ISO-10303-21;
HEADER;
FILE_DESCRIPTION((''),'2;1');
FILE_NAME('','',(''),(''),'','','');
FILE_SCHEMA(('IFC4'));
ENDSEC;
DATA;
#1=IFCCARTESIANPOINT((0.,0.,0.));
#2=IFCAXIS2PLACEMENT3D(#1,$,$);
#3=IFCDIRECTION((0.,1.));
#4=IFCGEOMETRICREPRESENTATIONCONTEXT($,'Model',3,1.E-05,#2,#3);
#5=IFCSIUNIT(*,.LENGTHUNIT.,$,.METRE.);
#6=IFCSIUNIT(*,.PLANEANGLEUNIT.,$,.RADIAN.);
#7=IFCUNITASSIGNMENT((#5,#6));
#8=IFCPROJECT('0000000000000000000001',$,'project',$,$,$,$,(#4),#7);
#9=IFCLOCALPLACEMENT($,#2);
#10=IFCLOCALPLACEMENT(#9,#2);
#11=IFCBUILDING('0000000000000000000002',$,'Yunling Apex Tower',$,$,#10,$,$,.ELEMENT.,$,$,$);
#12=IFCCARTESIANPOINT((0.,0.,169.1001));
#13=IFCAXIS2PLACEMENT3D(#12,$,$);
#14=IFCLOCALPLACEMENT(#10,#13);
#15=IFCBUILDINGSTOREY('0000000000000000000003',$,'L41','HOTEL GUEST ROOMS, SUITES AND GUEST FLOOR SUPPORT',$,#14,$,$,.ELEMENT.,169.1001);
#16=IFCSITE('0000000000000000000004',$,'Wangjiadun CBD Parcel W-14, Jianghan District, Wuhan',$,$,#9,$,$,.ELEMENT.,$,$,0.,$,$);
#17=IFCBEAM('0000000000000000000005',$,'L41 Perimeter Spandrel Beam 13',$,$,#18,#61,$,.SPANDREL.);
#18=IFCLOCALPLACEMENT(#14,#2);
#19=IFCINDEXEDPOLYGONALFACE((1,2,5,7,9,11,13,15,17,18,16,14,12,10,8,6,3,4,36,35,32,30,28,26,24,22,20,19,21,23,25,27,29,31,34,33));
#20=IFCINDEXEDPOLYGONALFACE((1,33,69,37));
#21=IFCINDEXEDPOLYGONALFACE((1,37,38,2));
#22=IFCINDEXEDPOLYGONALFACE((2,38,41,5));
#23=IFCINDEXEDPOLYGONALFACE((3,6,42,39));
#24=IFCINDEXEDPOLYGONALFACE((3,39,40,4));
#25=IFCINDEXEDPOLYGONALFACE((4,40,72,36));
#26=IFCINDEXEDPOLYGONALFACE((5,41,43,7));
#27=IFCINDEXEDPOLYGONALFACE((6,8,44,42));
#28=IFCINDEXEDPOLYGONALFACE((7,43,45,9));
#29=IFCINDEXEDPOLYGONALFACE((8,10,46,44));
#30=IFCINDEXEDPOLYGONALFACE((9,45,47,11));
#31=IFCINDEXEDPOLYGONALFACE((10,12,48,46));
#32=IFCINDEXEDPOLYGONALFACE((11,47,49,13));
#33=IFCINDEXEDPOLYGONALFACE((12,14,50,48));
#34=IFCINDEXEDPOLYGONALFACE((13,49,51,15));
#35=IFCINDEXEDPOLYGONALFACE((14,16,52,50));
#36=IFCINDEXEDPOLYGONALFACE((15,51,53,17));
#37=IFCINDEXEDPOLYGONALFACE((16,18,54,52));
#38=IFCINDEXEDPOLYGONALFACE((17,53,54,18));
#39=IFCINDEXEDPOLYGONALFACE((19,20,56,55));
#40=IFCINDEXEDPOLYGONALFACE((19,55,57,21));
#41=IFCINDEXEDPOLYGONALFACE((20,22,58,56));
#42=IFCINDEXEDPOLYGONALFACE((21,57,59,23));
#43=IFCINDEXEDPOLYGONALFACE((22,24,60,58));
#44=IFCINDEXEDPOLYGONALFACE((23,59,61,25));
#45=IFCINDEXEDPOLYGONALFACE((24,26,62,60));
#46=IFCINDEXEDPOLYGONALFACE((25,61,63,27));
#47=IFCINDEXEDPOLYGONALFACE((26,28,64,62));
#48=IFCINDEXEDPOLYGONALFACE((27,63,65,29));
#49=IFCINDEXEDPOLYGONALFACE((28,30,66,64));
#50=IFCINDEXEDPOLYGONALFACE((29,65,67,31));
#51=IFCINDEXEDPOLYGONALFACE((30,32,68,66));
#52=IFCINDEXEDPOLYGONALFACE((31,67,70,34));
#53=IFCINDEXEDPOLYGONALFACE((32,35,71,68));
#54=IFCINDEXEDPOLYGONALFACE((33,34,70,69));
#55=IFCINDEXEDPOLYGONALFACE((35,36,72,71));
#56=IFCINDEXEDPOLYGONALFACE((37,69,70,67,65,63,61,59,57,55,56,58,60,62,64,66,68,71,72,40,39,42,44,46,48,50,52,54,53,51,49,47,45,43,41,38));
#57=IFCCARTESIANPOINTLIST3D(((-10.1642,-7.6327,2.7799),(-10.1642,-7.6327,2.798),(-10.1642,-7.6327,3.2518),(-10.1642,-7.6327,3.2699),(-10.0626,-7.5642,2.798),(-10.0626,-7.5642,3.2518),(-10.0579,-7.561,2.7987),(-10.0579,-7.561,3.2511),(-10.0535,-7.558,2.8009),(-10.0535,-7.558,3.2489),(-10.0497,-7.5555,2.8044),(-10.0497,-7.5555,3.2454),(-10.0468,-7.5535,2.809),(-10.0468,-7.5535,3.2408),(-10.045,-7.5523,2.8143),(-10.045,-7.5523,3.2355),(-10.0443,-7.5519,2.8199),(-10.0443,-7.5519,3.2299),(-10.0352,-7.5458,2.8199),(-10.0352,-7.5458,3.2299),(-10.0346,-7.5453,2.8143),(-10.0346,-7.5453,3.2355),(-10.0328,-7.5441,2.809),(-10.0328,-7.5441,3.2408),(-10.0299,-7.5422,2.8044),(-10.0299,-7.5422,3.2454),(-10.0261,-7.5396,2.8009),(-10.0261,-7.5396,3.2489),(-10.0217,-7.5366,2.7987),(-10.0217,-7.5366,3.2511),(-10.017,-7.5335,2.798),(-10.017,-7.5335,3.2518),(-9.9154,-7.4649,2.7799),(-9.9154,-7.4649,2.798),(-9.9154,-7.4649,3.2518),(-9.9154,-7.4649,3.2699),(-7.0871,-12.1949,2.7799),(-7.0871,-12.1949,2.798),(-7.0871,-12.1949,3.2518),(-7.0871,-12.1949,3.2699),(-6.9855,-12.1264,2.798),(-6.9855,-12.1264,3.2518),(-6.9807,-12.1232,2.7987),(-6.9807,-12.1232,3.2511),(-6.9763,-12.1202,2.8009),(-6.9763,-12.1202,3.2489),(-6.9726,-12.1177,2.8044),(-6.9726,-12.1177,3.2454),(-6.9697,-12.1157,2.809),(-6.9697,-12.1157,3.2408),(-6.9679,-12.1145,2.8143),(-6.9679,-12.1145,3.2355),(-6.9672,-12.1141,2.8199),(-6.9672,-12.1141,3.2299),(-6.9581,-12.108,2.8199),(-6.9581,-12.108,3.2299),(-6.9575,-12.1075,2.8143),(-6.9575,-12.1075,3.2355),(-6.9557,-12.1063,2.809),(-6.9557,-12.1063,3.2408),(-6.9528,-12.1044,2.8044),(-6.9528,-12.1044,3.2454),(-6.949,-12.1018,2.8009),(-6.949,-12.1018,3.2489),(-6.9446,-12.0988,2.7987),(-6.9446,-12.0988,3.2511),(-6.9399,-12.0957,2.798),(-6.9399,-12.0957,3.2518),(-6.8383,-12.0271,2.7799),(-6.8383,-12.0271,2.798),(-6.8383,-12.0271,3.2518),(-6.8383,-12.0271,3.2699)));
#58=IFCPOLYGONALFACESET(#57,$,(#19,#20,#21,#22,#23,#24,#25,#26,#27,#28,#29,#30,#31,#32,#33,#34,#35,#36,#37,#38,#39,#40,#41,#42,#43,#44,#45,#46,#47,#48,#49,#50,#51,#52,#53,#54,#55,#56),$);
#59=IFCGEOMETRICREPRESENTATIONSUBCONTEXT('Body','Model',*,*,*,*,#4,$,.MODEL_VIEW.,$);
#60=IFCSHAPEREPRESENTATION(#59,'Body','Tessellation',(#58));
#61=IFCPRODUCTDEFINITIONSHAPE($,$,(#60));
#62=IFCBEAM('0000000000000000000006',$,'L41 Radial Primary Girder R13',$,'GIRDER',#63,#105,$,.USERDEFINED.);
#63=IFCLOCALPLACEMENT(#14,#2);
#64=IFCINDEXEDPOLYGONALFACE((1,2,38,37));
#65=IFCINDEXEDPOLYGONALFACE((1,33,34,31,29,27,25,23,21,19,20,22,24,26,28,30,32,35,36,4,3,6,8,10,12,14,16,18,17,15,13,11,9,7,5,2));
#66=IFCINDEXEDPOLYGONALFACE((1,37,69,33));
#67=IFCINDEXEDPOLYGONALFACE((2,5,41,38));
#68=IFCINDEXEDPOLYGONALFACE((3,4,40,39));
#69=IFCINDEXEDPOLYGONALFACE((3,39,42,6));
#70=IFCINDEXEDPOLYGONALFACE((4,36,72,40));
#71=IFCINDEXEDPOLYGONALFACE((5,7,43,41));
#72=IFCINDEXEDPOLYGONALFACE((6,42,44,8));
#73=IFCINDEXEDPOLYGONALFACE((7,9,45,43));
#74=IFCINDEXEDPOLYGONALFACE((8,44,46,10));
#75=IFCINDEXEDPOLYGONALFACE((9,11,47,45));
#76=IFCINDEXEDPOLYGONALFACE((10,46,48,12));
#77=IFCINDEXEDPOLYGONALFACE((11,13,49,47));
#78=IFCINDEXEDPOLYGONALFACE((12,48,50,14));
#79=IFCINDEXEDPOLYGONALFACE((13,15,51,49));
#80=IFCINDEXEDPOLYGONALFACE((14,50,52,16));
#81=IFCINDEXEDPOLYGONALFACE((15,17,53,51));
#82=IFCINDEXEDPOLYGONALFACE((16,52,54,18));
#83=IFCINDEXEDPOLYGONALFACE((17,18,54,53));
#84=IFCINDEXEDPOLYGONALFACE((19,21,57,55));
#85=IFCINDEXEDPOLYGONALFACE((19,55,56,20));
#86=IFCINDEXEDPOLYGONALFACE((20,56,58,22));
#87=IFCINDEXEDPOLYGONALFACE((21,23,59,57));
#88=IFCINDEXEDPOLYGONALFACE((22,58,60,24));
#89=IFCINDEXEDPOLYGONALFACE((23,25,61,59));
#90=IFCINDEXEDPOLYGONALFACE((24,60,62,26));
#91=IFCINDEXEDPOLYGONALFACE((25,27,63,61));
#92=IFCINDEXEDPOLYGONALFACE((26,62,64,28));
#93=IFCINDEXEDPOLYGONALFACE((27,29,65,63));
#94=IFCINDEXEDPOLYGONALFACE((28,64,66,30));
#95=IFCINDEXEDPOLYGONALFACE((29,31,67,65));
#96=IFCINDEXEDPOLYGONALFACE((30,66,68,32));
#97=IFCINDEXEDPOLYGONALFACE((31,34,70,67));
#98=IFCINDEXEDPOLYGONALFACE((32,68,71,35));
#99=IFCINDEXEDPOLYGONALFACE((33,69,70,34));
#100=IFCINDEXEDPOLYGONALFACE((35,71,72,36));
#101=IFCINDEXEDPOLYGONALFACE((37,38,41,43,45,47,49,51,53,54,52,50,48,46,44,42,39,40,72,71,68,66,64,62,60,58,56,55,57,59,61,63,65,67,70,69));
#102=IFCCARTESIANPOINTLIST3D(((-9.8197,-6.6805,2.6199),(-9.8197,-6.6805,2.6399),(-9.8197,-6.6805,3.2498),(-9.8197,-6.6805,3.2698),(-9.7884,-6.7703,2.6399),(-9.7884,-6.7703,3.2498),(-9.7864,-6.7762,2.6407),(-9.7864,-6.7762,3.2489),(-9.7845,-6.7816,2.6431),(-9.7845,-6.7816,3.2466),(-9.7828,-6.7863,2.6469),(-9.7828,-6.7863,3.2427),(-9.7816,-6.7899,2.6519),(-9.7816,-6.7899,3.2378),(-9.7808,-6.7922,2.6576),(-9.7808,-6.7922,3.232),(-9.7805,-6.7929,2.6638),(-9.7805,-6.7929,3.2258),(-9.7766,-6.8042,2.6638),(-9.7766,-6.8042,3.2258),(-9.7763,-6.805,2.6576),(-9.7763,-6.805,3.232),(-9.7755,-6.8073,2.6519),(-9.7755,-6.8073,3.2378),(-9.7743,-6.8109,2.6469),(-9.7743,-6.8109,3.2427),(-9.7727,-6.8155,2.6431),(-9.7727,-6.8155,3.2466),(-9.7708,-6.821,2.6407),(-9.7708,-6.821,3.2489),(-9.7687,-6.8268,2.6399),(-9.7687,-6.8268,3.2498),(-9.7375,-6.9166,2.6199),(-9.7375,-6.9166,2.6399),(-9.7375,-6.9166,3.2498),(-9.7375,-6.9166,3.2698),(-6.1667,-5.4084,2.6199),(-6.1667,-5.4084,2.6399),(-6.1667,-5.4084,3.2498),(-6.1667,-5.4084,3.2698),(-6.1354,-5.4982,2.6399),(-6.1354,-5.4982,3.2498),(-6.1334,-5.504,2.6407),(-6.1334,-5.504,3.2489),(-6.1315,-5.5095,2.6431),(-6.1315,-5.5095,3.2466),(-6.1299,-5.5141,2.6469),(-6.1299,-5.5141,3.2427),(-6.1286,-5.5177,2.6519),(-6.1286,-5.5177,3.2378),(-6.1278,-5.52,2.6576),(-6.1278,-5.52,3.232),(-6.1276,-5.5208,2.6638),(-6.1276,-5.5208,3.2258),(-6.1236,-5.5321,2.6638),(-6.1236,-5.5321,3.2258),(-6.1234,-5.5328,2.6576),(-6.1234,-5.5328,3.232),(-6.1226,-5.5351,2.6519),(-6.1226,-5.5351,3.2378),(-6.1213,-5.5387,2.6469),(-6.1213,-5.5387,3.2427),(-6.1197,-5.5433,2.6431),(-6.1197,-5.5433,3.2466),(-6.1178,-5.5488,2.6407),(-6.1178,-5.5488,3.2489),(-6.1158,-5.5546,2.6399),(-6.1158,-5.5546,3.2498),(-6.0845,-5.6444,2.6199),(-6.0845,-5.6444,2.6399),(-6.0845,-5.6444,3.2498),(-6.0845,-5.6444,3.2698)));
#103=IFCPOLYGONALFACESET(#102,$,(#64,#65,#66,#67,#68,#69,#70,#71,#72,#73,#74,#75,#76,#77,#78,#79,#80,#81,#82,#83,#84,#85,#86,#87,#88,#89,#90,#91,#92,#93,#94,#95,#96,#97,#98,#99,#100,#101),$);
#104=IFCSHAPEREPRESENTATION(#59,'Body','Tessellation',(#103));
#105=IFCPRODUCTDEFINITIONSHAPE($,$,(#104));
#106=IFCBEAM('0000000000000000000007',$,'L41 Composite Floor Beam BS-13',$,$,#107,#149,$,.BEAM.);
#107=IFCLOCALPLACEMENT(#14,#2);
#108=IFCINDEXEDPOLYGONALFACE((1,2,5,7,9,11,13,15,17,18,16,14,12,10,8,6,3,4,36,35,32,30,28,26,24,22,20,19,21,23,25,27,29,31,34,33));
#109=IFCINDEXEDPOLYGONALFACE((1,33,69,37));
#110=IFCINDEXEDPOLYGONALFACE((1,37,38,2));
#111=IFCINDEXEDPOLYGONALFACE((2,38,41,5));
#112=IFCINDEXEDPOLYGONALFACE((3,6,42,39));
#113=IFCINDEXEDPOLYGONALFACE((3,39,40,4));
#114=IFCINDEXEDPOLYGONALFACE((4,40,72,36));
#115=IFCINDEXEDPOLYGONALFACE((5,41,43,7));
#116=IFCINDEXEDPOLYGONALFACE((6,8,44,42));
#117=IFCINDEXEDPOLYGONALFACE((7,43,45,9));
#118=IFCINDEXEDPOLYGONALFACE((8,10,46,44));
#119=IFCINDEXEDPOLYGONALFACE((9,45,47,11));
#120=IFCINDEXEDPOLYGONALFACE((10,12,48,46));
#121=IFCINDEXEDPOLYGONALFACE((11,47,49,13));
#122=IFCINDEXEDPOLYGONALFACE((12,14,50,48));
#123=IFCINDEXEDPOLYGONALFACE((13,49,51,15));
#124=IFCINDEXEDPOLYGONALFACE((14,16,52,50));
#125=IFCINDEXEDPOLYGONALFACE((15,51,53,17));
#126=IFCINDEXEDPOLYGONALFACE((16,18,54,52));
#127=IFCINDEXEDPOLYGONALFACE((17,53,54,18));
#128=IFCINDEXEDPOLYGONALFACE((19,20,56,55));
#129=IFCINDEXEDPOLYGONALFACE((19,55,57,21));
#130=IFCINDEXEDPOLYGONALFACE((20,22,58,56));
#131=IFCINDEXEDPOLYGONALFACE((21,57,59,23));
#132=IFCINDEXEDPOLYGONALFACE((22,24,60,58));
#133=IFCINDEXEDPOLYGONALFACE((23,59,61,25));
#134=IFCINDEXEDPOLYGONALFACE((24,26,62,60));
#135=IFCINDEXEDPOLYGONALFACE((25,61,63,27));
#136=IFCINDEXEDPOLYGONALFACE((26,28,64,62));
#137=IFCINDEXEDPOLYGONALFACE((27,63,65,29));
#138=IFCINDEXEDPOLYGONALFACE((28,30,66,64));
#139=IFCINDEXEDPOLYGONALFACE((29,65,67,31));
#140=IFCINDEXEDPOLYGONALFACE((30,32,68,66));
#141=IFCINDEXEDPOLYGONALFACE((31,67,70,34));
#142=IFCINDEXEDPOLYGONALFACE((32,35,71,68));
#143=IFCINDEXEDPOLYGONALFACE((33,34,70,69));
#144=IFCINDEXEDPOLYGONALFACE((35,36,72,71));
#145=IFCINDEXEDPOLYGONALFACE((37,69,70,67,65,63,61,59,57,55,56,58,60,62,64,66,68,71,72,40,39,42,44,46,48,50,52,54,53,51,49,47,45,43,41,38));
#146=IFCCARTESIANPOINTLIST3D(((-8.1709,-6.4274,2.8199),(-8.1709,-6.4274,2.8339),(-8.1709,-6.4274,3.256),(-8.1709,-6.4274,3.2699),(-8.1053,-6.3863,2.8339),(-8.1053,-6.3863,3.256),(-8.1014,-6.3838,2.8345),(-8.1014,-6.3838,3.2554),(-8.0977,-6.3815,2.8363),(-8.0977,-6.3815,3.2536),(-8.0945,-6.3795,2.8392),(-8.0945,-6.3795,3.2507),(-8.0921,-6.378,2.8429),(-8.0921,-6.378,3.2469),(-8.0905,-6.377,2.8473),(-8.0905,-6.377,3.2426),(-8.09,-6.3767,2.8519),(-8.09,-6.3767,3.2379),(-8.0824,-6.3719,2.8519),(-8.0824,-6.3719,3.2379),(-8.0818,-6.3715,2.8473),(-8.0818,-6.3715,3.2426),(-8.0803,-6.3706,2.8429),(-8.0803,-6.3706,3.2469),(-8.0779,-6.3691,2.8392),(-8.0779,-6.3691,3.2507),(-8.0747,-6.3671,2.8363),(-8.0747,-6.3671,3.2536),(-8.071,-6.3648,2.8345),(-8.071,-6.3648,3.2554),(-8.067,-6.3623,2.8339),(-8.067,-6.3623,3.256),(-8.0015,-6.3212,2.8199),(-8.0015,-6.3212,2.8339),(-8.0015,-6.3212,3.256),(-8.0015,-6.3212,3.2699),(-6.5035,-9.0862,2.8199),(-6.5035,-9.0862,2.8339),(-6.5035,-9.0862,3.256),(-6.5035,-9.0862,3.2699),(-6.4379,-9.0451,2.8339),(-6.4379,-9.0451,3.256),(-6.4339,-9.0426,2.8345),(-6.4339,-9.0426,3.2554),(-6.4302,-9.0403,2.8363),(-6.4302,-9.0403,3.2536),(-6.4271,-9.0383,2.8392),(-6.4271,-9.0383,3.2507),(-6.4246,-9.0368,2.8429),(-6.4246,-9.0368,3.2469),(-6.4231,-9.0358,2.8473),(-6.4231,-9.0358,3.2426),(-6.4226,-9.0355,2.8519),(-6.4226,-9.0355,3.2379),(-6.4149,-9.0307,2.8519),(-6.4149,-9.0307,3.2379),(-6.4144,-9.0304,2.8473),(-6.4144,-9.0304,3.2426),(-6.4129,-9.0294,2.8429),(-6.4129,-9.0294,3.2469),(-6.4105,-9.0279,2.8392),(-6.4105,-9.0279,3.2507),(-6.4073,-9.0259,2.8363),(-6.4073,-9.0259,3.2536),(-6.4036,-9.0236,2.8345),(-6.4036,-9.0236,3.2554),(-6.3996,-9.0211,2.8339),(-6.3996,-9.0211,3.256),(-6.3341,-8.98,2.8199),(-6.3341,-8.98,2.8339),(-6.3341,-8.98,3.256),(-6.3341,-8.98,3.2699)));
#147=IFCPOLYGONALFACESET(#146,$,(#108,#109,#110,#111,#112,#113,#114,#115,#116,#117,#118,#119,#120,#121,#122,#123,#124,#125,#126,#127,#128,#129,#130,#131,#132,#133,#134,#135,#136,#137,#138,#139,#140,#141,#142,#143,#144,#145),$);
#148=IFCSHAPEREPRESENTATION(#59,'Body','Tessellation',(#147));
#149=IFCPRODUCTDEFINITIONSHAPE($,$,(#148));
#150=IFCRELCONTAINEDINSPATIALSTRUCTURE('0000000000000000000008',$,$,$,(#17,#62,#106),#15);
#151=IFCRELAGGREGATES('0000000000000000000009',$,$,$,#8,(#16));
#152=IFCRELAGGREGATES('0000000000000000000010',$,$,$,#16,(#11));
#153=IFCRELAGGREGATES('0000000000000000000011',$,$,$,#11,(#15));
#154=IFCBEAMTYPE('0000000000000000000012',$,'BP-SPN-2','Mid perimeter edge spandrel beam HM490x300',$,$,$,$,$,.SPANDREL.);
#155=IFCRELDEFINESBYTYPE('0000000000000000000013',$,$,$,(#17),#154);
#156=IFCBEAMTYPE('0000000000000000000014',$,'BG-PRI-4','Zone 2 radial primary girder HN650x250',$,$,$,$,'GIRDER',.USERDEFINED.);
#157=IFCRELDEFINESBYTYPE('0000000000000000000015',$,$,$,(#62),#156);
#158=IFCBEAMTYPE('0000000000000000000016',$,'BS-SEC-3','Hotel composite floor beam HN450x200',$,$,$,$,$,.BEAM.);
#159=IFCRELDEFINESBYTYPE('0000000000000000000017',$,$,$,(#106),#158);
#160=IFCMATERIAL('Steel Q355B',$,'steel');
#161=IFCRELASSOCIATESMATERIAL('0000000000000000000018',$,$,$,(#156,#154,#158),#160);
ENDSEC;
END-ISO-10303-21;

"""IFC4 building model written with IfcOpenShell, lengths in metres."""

from ifc_helpers import new_model, si_unit, direction, frame, origin, origin_2d, place, context, subcontext, project, spatial, i_section, extrude, source, transform, mapped, material, material_profile, profile_set, type_object, element, save


model = new_model("IFC4")

# Units and contexts
model_context = context("Model", 3, precision=1e-05, world=origin(), true_north=direction((0.0, 1.0)))
body_context = subcontext(model_context, "Body", "Model", "MODEL_VIEW")
ifc_project = project(units=[si_unit("LENGTHUNIT", "METRE"), si_unit("PLANEANGLEUNIT", "RADIAN")], contexts=[model_context])

# Site, building, storey
site_placement = place(None, origin())
site = spatial("IfcSite", under=ifc_project, at=site_placement, Name="Wangjiadun CBD Parcel W-14, Jianghan District, Wuhan", CompositionType="ELEMENT", RefElevation=0.0)
building_placement = place(site_placement, origin())
building = spatial("IfcBuilding", under=site, at=building_placement, Name="Yunling Apex Tower", CompositionType="ELEMENT")
storey_placement = place(building_placement, frame((0.0, 0.0, 169.1001)))
storey = spatial("IfcBuildingStorey", under=building, at=storey_placement, Name="L41", Description="HOTEL GUEST ROOMS, SUITES AND GUEST FLOOR SUPPORT", CompositionType="ELEMENT", Elevation=169.1001)

# Beams
ifc_material_1 = material(Name="Steel Q355B", Category="steel")
ifc_material_profile_1 = material_profile(ifc_material_1, i_section(OverallWidth=0.25, OverallDepth=0.6499, WebThickness=0.012, FlangeThickness=0.02, FilletRadius=0.0239, at=origin_2d()))
ifc_profile_set_1 = profile_set([ifc_material_profile_1], Name="Steel Q355B")
beam_type_1 = type_object("IfcBeamType", Name="BG-PRI-4", Description="Zone 2 radial primary girder HN650x250", ElementType="GIRDER", PredefinedType="USERDEFINED", material=ifc_profile_set_1)
ifc_material_profile_2 = material_profile(ifc_material_1, i_section(OverallWidth=0.3, OverallDepth=0.49, WebThickness=0.011, FlangeThickness=0.0181, FilletRadius=0.022, at=origin_2d()))
ifc_profile_set_2 = profile_set([ifc_material_profile_2], Name="Steel Q355B")
beam_type_2 = type_object("IfcBeamType", Name="BP-SPN-2", Description="Mid perimeter edge spandrel beam HM490x300", PredefinedType="SPANDREL", material=ifc_profile_set_2)
shared_shape_1 = source(origin(), body_context, "Body", "SweptSolid", [
    extrude(i_section(OverallWidth=0.3, OverallDepth=0.49, WebThickness=0.011, FlangeThickness=0.0181, FilletRadius=0.022, at=origin_2d()), origin(), (0.0, 0.0, 1.0), 5.5029),
])
beam_1_placement = place(storey_placement, frame((-10.0398, -7.5488, 3.0249), z_axis=(0.559176, -0.829049, 0.0), x_axis=(0.829049, 0.559176, 0.0)))
element("IfcBeam", 1, at=beam_1_placement, inside=storey, type_object=beam_type_2, Name="L41 Perimeter Spandrel Beam 13", PredefinedType="SPANDREL", context=body_context, shape_type="MappedRepresentation", body=[
    mapped(shared_shape_1, transform((0.0, 0.0, 0.0), scale=1.0)),
])
shared_shape_2 = source(origin(), body_context, "Body", "SweptSolid", [
    extrude(i_section(OverallWidth=0.25, OverallDepth=0.6499, WebThickness=0.012, FlangeThickness=0.02, FilletRadius=0.0239, at=origin_2d()), origin(), (0.0, 0.0, 1.0), 3.8682),
])
beam_2_placement = place(storey_placement, frame((-9.7786, -6.7986, 2.9448), z_axis=(0.94437, 0.328885, 0.0), x_axis=(-0.328885, 0.94437, 0.0)))
element("IfcBeam", 2, at=beam_2_placement, inside=storey, type_object=beam_type_1, Name="L41 Radial Primary Girder R13", ObjectType="GIRDER", PredefinedType="USERDEFINED", context=body_context, shape_type="MappedRepresentation", body=[
    mapped(shared_shape_2, transform((0.0, 0.0, 0.0), scale=1.0)),
])
ifc_material_profile_3 = material_profile(ifc_material_1, i_section(OverallWidth=0.2, OverallDepth=0.45, WebThickness=0.009, FlangeThickness=0.0139, FilletRadius=0.0181, at=origin_2d()))
ifc_profile_set_3 = profile_set([ifc_material_profile_3], Name="Steel Q355B")
beam_type_3 = type_object("IfcBeamType", Name="BS-SEC-3", Description="Hotel composite floor beam HN450x200", PredefinedType="BEAM", material=ifc_profile_set_3)
shared_shape_3 = source(origin(), body_context, "Body", "SweptSolid", [
    extrude(i_section(OverallWidth=0.2, OverallDepth=0.45, WebThickness=0.009, FlangeThickness=0.0139, FilletRadius=0.0181, at=origin_2d()), origin(), (0.0, 0.0, 1.0), 3.1384),
])
beam_3_placement = place(storey_placement, frame((-8.0862, -6.3743, 3.0449), z_axis=(0.531292, -0.847189, 0.0), x_axis=(0.847189, 0.531292, 0.0)))
element("IfcBeam", 3, at=beam_3_placement, inside=storey, type_object=beam_type_3, Name="L41 Composite Floor Beam BS-13", PredefinedType="BEAM", context=body_context, shape_type="MappedRepresentation", body=[
    mapped(shared_shape_3, transform((0.0, 0.0, 0.0), scale=1.0)),
])

save(model, "model.ifc")
